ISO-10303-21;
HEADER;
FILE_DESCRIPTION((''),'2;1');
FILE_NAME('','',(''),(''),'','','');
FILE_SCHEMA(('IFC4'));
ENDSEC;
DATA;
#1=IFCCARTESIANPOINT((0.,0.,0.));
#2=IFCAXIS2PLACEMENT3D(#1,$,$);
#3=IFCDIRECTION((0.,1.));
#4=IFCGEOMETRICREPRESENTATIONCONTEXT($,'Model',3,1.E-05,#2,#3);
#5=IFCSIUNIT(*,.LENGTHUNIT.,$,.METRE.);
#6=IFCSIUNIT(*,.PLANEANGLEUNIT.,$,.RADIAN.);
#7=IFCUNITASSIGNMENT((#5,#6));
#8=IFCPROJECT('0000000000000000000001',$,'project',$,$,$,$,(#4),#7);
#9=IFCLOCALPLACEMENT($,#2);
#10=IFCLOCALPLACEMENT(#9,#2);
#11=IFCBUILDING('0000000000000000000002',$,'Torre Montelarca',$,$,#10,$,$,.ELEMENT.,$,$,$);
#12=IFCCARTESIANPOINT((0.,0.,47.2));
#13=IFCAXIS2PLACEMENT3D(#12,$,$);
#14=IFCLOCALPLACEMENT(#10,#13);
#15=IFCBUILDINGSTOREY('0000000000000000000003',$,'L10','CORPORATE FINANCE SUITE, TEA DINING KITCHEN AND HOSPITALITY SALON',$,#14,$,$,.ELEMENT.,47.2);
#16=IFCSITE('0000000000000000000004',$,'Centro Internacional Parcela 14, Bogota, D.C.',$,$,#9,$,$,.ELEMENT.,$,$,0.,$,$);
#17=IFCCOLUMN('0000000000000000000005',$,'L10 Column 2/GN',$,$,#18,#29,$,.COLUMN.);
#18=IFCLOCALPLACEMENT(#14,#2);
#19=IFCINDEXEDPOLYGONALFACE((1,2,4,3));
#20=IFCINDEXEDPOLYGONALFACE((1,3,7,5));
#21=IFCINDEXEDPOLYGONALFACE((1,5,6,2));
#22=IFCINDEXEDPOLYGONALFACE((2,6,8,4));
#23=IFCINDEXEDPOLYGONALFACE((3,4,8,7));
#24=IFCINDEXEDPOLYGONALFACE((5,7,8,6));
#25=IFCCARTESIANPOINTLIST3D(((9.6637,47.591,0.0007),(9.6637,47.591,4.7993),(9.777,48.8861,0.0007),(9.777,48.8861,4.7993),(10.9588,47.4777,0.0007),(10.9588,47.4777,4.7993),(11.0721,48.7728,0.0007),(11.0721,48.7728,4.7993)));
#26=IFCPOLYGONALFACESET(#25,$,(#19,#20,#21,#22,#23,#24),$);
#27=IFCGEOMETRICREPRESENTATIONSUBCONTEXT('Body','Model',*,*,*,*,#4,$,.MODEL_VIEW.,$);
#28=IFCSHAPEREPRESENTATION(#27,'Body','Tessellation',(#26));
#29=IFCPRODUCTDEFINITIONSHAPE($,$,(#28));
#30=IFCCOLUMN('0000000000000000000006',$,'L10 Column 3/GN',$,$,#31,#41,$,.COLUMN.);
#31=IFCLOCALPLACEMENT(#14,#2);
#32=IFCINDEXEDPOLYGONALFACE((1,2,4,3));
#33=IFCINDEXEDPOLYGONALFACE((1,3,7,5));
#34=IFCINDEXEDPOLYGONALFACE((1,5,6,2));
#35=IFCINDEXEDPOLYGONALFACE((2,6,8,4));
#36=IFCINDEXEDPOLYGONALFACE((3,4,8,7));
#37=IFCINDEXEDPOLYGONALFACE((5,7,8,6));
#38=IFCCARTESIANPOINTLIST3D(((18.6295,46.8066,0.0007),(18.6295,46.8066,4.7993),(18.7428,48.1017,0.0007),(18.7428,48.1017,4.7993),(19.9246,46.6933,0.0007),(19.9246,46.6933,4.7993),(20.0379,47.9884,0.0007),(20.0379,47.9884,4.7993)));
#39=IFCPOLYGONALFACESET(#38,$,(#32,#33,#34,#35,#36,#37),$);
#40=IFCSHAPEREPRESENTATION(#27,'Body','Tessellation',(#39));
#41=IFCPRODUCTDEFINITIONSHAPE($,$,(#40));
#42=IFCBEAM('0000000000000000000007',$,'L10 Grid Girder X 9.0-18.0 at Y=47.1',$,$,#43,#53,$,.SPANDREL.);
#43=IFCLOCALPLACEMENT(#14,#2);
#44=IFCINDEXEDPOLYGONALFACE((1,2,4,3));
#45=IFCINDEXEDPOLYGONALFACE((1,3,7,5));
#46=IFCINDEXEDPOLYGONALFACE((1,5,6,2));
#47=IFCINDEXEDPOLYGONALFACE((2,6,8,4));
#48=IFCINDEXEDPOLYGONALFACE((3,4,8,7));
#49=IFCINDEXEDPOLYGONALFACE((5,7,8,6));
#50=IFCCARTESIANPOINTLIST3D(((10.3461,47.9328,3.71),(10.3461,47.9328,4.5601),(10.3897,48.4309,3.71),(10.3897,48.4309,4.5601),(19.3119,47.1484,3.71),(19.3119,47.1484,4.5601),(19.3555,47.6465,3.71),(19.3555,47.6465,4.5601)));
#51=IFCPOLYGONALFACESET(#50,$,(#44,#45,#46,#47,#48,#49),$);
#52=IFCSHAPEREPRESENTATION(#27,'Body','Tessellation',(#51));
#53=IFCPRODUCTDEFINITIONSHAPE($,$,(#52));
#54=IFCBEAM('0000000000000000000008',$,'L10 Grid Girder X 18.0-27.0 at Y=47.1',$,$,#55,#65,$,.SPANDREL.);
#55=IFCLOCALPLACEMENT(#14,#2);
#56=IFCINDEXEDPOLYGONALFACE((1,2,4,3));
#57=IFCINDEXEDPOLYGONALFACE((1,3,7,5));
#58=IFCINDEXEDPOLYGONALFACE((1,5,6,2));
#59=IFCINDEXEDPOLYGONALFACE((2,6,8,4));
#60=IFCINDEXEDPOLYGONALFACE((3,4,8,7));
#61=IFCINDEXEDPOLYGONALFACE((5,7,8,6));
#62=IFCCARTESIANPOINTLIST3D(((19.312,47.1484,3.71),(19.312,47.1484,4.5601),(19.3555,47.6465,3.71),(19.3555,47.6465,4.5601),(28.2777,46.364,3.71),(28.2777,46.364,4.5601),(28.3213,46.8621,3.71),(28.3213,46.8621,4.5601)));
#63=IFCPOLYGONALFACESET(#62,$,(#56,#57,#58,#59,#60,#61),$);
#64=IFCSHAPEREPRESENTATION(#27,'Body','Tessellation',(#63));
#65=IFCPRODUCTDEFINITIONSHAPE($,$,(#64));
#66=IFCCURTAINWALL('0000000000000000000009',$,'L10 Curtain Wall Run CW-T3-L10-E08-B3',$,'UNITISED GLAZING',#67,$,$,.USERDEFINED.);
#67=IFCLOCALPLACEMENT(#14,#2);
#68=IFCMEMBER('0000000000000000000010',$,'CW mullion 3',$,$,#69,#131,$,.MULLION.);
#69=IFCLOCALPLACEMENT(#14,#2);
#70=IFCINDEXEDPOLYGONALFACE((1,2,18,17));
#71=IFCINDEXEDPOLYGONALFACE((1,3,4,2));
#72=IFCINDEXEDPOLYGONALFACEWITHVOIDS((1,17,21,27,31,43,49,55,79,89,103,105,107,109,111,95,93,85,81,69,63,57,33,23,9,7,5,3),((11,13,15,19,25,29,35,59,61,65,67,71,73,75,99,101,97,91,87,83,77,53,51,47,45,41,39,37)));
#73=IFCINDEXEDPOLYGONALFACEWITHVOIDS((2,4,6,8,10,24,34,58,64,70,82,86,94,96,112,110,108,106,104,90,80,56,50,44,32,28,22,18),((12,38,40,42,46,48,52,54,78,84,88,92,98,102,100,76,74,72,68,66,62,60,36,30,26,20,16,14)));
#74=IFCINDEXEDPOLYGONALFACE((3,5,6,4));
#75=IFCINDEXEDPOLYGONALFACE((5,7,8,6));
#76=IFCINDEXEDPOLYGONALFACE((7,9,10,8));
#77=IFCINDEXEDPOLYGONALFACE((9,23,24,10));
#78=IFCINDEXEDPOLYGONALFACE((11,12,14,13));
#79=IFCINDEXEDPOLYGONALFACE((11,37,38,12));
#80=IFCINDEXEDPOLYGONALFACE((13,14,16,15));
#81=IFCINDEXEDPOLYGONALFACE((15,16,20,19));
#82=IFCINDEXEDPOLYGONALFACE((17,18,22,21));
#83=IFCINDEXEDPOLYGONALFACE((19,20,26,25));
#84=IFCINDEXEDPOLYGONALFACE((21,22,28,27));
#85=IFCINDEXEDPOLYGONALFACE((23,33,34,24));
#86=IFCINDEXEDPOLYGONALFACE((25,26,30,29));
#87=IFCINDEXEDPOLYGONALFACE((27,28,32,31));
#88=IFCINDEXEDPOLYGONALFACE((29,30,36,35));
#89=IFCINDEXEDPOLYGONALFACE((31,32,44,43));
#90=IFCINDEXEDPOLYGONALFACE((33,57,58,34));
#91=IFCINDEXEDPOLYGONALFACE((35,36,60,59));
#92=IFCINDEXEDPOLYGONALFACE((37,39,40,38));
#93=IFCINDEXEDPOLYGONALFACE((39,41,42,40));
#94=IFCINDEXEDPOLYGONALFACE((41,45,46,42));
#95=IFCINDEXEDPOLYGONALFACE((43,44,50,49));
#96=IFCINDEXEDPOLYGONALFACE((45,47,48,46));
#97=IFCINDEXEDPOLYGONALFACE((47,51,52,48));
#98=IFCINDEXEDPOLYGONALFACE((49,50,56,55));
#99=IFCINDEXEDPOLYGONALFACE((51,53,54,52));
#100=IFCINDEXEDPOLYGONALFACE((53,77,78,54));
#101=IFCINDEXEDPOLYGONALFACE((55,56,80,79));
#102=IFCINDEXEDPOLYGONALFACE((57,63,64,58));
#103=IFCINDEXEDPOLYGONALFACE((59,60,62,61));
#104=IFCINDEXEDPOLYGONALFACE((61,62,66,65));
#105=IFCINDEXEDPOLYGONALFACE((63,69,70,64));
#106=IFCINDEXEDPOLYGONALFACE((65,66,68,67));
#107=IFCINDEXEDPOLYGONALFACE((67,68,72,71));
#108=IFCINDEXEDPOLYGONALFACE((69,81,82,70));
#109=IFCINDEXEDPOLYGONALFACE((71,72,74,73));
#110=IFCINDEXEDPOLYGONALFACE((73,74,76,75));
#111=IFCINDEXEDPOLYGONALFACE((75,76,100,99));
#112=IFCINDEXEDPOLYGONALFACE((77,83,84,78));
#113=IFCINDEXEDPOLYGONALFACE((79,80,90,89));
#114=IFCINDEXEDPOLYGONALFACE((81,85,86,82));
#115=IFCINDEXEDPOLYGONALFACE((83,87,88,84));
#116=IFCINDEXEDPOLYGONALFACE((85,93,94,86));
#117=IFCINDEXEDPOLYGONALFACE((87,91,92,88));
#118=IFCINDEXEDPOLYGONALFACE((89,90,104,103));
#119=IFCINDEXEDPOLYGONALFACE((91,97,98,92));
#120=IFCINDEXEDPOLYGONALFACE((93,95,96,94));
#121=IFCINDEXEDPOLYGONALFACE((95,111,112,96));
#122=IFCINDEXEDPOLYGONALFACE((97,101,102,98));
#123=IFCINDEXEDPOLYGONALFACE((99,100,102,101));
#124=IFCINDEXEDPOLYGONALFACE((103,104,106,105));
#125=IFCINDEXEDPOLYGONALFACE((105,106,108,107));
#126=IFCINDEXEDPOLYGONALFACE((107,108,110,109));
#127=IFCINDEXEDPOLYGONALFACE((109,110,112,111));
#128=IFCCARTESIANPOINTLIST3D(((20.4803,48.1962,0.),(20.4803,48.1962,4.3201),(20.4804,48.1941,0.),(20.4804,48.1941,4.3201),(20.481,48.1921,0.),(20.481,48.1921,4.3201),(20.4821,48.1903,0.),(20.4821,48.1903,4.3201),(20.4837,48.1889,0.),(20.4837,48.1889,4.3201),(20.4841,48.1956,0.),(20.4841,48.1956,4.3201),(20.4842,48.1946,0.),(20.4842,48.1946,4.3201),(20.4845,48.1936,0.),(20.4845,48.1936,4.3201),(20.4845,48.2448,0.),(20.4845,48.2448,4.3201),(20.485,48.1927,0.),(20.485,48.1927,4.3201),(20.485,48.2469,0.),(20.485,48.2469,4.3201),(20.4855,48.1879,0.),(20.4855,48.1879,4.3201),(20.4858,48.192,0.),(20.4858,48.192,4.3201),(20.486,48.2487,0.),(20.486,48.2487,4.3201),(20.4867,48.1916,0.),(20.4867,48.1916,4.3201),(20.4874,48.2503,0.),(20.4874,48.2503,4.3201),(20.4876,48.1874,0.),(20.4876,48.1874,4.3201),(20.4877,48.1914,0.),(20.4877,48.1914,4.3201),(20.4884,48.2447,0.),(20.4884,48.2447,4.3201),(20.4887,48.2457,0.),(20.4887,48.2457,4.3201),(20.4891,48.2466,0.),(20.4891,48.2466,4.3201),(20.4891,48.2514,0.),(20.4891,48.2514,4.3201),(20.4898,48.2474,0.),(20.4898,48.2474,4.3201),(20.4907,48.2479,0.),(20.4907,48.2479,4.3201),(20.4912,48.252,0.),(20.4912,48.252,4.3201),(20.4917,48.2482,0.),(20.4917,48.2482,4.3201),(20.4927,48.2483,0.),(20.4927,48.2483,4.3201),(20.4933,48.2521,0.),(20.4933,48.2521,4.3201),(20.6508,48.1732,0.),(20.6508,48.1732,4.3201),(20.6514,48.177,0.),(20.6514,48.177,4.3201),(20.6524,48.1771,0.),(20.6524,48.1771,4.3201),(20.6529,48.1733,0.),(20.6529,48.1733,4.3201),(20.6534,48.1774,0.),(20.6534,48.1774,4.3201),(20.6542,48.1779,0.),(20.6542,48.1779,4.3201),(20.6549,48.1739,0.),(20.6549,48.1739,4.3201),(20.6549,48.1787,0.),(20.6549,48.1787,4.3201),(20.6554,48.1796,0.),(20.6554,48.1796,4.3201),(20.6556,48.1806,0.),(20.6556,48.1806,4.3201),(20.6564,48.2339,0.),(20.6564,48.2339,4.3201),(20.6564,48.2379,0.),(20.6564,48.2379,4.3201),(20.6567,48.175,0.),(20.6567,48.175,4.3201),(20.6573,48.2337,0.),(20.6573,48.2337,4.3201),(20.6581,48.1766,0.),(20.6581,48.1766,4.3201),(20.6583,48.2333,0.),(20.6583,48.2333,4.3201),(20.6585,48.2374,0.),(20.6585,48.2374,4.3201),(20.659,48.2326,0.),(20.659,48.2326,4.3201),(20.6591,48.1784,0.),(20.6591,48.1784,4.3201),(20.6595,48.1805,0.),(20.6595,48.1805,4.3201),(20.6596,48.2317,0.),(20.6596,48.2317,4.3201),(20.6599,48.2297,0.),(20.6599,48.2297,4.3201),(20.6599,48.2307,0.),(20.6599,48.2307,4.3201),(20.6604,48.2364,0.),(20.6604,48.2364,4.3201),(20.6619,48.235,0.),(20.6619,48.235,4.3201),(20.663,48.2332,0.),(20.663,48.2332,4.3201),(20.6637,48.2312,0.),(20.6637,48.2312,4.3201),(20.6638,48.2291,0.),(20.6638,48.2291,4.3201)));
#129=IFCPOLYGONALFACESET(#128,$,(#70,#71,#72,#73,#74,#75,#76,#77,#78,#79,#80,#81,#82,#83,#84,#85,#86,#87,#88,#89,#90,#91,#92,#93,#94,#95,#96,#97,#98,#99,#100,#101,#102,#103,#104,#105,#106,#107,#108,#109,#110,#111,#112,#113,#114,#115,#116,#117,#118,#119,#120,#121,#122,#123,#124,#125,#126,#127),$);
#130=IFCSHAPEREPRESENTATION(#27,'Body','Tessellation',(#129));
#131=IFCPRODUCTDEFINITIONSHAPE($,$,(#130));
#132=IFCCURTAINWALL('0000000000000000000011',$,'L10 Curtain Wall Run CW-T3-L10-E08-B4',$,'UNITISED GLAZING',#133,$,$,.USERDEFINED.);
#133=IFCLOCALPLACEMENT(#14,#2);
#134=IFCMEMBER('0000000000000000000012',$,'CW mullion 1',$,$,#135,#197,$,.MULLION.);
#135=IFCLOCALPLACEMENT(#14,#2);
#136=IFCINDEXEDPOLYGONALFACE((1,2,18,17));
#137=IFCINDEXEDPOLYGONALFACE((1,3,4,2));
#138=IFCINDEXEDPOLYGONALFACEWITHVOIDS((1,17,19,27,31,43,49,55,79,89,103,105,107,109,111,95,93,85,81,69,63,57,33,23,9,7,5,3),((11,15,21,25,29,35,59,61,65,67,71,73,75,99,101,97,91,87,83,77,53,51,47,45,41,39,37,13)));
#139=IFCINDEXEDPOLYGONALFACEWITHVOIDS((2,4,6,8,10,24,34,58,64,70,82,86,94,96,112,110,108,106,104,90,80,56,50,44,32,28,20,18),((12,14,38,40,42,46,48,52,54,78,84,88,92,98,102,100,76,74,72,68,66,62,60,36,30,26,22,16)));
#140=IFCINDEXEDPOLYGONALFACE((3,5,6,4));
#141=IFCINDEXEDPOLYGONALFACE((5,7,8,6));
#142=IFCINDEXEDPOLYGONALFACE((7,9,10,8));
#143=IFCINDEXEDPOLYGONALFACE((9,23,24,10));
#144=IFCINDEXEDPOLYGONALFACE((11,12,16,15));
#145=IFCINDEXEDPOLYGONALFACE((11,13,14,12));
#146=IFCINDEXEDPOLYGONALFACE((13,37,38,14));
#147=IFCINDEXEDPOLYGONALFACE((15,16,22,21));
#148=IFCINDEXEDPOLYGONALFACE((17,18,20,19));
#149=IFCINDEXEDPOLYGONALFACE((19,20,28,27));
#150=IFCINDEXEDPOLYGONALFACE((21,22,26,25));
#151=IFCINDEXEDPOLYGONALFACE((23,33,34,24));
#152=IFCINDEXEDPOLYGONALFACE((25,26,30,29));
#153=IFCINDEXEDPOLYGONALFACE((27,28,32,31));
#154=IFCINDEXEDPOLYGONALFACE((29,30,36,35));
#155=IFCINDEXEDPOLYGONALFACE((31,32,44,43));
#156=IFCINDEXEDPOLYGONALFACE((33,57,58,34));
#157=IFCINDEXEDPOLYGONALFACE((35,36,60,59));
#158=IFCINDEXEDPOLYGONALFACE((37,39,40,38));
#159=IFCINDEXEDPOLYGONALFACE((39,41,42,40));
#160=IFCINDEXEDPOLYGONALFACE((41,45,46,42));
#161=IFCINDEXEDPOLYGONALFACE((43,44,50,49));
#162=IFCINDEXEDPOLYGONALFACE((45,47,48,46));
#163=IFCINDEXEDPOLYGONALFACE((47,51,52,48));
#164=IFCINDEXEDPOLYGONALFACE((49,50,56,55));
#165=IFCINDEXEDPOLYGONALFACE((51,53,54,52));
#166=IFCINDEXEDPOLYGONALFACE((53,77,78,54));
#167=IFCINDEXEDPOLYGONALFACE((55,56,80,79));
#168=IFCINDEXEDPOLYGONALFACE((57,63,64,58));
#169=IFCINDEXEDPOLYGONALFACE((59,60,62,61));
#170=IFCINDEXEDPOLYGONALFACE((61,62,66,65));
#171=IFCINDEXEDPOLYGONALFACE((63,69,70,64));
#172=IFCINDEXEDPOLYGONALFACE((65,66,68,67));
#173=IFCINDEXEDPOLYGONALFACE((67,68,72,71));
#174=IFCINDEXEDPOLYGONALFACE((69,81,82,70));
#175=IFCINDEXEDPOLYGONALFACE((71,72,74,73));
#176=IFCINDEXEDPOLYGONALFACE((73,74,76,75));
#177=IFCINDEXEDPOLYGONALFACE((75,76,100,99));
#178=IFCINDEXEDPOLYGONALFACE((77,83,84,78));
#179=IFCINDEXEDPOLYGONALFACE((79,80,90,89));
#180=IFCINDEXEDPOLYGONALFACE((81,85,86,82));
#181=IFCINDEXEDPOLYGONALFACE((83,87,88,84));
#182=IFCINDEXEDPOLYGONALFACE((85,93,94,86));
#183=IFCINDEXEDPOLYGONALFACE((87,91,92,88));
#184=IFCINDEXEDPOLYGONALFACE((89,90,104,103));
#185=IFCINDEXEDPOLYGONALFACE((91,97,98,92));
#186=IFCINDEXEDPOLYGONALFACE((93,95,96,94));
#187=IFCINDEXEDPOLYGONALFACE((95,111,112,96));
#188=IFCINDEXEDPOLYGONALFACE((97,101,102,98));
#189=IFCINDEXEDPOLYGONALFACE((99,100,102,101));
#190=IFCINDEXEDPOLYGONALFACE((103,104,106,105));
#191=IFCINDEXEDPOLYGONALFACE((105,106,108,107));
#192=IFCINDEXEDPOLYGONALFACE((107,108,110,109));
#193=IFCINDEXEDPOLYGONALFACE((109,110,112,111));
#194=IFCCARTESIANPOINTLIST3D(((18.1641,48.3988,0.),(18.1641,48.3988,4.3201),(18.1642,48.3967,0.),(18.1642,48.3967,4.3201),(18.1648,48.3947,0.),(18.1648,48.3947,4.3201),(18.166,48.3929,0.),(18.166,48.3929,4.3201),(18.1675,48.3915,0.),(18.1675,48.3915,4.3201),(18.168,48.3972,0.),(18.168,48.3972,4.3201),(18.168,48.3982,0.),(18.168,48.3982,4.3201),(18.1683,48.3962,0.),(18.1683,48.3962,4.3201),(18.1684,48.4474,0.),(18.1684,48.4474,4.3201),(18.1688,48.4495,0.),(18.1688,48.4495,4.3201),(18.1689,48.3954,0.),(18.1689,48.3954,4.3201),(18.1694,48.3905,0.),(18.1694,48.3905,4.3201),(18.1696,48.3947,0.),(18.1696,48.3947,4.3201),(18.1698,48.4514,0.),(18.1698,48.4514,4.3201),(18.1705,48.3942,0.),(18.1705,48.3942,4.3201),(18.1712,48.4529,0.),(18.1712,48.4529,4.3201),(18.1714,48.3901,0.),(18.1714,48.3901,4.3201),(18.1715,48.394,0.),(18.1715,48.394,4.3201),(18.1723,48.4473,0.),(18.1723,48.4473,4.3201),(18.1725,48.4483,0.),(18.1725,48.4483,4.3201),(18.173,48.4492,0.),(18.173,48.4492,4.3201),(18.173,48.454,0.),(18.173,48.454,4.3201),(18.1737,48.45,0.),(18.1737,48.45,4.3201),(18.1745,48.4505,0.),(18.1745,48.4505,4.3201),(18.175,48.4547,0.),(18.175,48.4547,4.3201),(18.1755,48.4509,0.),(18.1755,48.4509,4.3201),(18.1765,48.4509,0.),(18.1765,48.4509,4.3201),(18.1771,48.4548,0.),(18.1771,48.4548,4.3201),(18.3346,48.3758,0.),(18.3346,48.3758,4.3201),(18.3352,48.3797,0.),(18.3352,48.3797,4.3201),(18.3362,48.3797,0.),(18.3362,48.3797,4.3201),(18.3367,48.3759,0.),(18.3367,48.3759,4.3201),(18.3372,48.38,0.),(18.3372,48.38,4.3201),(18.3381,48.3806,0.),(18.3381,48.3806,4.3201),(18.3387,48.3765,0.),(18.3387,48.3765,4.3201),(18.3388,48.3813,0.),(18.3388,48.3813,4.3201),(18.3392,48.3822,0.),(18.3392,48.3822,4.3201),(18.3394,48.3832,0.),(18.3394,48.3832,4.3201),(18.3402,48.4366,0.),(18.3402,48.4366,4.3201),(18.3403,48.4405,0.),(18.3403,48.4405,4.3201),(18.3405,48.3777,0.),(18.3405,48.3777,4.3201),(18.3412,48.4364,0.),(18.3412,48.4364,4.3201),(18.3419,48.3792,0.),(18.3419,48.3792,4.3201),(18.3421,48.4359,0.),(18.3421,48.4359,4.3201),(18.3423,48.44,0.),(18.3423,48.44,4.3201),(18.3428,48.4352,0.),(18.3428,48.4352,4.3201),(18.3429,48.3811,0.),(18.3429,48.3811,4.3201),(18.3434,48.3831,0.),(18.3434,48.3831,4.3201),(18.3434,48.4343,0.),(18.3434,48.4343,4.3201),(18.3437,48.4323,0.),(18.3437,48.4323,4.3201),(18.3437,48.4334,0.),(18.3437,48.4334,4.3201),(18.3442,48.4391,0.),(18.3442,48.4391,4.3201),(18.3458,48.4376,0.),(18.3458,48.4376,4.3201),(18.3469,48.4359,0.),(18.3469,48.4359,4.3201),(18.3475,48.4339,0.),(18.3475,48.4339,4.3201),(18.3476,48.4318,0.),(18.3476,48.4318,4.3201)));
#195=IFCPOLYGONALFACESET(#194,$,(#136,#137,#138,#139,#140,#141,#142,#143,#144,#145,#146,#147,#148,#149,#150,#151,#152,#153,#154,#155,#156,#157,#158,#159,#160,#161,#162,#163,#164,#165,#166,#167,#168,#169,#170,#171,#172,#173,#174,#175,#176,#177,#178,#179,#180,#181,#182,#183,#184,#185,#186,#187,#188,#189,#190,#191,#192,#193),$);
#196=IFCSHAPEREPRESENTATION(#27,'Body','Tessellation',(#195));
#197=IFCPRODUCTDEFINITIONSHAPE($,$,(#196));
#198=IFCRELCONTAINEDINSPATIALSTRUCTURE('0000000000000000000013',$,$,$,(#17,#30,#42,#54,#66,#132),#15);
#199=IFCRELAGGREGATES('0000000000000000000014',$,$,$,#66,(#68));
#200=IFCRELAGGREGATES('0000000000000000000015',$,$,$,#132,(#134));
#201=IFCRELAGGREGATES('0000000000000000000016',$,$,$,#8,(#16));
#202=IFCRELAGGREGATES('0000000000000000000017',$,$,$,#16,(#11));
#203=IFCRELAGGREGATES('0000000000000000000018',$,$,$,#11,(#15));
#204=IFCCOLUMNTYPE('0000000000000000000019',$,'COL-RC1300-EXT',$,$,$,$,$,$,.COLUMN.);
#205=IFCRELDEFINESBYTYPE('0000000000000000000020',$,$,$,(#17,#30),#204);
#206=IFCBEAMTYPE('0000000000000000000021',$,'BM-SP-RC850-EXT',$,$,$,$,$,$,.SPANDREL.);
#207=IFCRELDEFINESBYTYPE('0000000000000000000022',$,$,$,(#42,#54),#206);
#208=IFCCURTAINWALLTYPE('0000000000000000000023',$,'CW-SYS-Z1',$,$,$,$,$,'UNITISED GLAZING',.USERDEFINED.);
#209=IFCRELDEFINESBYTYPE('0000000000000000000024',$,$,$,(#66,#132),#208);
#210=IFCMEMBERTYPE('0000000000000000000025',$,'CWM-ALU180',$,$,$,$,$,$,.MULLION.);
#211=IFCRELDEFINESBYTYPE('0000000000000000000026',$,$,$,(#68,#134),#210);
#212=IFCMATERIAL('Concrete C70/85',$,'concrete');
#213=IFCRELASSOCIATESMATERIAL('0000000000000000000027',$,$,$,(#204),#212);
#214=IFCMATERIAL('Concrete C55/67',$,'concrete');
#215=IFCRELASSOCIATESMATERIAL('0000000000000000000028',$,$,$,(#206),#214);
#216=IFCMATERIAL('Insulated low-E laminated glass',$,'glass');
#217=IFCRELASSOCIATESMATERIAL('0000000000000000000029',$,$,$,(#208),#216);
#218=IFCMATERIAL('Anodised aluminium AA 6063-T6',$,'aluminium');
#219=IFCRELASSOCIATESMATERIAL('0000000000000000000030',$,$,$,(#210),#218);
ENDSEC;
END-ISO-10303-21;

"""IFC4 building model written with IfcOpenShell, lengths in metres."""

from ifc_helpers import new_model, si_unit, direction, frame, origin, origin_2d, place, context, subcontext, project, spatial, rectangle, hollow_rectangle, extrude, source, transform, mapped, material, material_profile, profile_set, type_object, element, aggregate, save


model = new_model("IFC4")

# Units and contexts
model_context = context("Model", 3, precision=1e-05, world=origin(), true_north=direction((0.0, 1.0)))
body_context = subcontext(model_context, "Body", "Model", "MODEL_VIEW")
ifc_project = project(units=[si_unit("LENGTHUNIT", "METRE"), si_unit("PLANEANGLEUNIT", "RADIAN")], contexts=[model_context])

# Site, building, storey
site_placement = place(None, origin())
site = spatial("IfcSite", under=ifc_project, at=site_placement, Name="Centro Internacional Parcela 14, Bogota, D.C.", CompositionType="ELEMENT", RefElevation=0.0)
building_placement = place(site_placement, origin())
building = spatial("IfcBuilding", under=site, at=building_placement, Name="Torre Montelarca", CompositionType="ELEMENT")
storey_placement = place(building_placement, frame((0.0, 0.0, 47.2)))
storey = spatial("IfcBuildingStorey", under=building, at=storey_placement, Name="L10", Description="CORPORATE FINANCE SUITE, TEA DINING KITCHEN AND HOSPITALITY SALON", CompositionType="ELEMENT", Elevation=47.2)

# Columns
ifc_material_1 = material(Name="Concrete C70/85", Category="concrete")
ifc_material_profile_1 = material_profile(ifc_material_1, rectangle(XDim=1.3, YDim=1.3, at=origin_2d()), Name="RC1300X1300", Category="concrete")
ifc_profile_set_1 = profile_set([ifc_material_profile_1], Name="Concrete C70/85")
column_type = type_object("IfcColumnType", Name="COL-RC1300-EXT", PredefinedType="COLUMN", material=ifc_profile_set_1)
shared_shape_1 = source(origin(), body_context, "Body", "SweptSolid", [
    extrude(rectangle(XDim=1.3, YDim=1.3, at=origin_2d()), origin(), (0.0, 0.0, 1.0), 4.7986),
])
for number, where, z_axis, x_axis, name in (
    (1, (10.3679, 48.1819, 0.0007), (0.0, 0.0, 1.0), (-0.996195, 0.087156, 0.0), "L10 Column 2/GN"),
    (2, (19.3337, 47.3975, 0.0007), (0.0, 0.0, 1.0), (-0.996195, 0.087156, 0.0), "L10 Column 3/GN"),
):
    element("IfcColumn", number, at=place(storey_placement, frame(where, z_axis=z_axis, x_axis=x_axis)), inside=storey, type_object=column_type, Name=name, PredefinedType="COLUMN", context=body_context, shape_type="MappedRepresentation", body=[
        mapped(shared_shape_1, transform((0.0, 0.0, 0.0), scale=1.0)),
    ])

# Beams
ifc_material_2 = material(Name="Concrete C55/67", Category="concrete")
ifc_material_profile_2 = material_profile(ifc_material_2, rectangle(XDim=0.5, YDim=0.8501, at=origin_2d()), Name="RCB500X850", Category="concrete")
ifc_profile_set_2 = profile_set([ifc_material_profile_2], Name="Concrete C55/67")
beam_type = type_object("IfcBeamType", Name="BM-SP-RC850-EXT", PredefinedType="SPANDREL", material=ifc_profile_set_2)
shared_shape_2 = source(origin(), body_context, "Body", "SweptSolid", [
    extrude(rectangle(XDim=0.5, YDim=0.8501, at=origin_2d()), origin(), (0.0, 0.0, 1.0), 9.0),
])
for number, where, z_axis, x_axis, name in (
    (3, (10.3679, 48.1819, 4.135), (0.996195, -0.087158, 0.0), (0.087158, 0.996195, 0.0), "L10 Grid Girder X 9.0-18.0 at Y=47.1"),
    (4, (19.3337, 47.3975, 4.135), (0.996195, -0.087158, 0.0), (0.087158, 0.996195, 0.0), "L10 Grid Girder X 18.0-27.0 at Y=47.1"),
):
    element("IfcBeam", number, at=place(storey_placement, frame(where, z_axis=z_axis, x_axis=x_axis)), inside=storey, type_object=beam_type, Name=name, PredefinedType="SPANDREL", context=body_context, shape_type="MappedRepresentation", body=[
        mapped(shared_shape_2, transform((0.0, 0.0, 0.0), scale=1.0)),
    ])

# Curtain wall, member
ifc_material_3 = material(Name="Insulated low-E laminated glass", Category="glass")
curtain_wall_type = type_object("IfcCurtainWallType", Name="CW-SYS-Z1", ElementType="UNITISED GLAZING", PredefinedType="USERDEFINED", material=ifc_material_3)
curtain_wall_1_placement = place(storey_placement, origin())
curtain_wall_1 = element("IfcCurtainWall", 5, at=curtain_wall_1_placement, inside=storey, type_object=curtain_wall_type, Name="L10 Curtain Wall Run CW-T3-L10-E08-B3", ObjectType="UNITISED GLAZING", PredefinedType="USERDEFINED")
ifc_material_4 = material(Name="Anodised aluminium AA 6063-T6", Category="aluminium")
ifc_material_profile_3 = material_profile(ifc_material_4, hollow_rectangle(XDim=0.0649, YDim=0.1799, WallThickness=0.0039, InnerFilletRadius=0.0039, OuterFilletRadius=0.0081, at=origin_2d()), Name="ALU65X180X4", Category="aluminium")
ifc_profile_set_3 = profile_set([ifc_material_profile_3], Name="Anodised aluminium AA 6063-T6")
member_type_1 = type_object("IfcMemberType", Name="CWM-ALU180", PredefinedType="MULLION", material=ifc_profile_set_3)
shared_shape_3 = source(origin(), body_context, "Body", "SweptSolid", [
    extrude(hollow_rectangle(XDim=0.0649, YDim=0.1799, WallThickness=0.0039, InnerFilletRadius=0.0039, OuterFilletRadius=0.0081, at=origin_2d()), origin(), (0.0, 0.0, 1.0), 4.3201),
])
member_1_placement = place(storey_placement, frame((20.572, 48.2126, 0.0), z_axis=(0.0, 0.0, 1.0), x_axis=(-0.087151, -0.996195, 0.0)))
member_1 = element("IfcMember", 6, at=member_1_placement, type_object=member_type_1, Name="CW mullion 3", PredefinedType="MULLION", context=body_context, shape_type="MappedRepresentation", body=[
    mapped(shared_shape_3, transform((0.0, 0.0, 0.0), scale=1.0)),
])

# Curtain wall, member
curtain_wall_2_placement = place(storey_placement, origin())
curtain_wall_2 = element("IfcCurtainWall", 7, at=curtain_wall_2_placement, inside=storey, type_object=curtain_wall_type, Name="L10 Curtain Wall Run CW-T3-L10-E08-B4", ObjectType="UNITISED GLAZING", PredefinedType="USERDEFINED")
member_2_placement = place(storey_placement, frame((18.2559, 48.4153, 0.0), z_axis=(0.0, 0.0, 1.0), x_axis=(-0.087167, -0.996194, 0.0)))
member_2 = element("IfcMember", 8, at=member_2_placement, type_object=member_type_1, Name="CW mullion 1", PredefinedType="MULLION", context=body_context, shape_type="MappedRepresentation", body=[
    mapped(shared_shape_3, transform((0.0, 0.0, 0.0), scale=1.0)),
])

aggregate(curtain_wall_1, [member_1])
aggregate(curtain_wall_2, [member_2])

save(model, "model.ifc")
